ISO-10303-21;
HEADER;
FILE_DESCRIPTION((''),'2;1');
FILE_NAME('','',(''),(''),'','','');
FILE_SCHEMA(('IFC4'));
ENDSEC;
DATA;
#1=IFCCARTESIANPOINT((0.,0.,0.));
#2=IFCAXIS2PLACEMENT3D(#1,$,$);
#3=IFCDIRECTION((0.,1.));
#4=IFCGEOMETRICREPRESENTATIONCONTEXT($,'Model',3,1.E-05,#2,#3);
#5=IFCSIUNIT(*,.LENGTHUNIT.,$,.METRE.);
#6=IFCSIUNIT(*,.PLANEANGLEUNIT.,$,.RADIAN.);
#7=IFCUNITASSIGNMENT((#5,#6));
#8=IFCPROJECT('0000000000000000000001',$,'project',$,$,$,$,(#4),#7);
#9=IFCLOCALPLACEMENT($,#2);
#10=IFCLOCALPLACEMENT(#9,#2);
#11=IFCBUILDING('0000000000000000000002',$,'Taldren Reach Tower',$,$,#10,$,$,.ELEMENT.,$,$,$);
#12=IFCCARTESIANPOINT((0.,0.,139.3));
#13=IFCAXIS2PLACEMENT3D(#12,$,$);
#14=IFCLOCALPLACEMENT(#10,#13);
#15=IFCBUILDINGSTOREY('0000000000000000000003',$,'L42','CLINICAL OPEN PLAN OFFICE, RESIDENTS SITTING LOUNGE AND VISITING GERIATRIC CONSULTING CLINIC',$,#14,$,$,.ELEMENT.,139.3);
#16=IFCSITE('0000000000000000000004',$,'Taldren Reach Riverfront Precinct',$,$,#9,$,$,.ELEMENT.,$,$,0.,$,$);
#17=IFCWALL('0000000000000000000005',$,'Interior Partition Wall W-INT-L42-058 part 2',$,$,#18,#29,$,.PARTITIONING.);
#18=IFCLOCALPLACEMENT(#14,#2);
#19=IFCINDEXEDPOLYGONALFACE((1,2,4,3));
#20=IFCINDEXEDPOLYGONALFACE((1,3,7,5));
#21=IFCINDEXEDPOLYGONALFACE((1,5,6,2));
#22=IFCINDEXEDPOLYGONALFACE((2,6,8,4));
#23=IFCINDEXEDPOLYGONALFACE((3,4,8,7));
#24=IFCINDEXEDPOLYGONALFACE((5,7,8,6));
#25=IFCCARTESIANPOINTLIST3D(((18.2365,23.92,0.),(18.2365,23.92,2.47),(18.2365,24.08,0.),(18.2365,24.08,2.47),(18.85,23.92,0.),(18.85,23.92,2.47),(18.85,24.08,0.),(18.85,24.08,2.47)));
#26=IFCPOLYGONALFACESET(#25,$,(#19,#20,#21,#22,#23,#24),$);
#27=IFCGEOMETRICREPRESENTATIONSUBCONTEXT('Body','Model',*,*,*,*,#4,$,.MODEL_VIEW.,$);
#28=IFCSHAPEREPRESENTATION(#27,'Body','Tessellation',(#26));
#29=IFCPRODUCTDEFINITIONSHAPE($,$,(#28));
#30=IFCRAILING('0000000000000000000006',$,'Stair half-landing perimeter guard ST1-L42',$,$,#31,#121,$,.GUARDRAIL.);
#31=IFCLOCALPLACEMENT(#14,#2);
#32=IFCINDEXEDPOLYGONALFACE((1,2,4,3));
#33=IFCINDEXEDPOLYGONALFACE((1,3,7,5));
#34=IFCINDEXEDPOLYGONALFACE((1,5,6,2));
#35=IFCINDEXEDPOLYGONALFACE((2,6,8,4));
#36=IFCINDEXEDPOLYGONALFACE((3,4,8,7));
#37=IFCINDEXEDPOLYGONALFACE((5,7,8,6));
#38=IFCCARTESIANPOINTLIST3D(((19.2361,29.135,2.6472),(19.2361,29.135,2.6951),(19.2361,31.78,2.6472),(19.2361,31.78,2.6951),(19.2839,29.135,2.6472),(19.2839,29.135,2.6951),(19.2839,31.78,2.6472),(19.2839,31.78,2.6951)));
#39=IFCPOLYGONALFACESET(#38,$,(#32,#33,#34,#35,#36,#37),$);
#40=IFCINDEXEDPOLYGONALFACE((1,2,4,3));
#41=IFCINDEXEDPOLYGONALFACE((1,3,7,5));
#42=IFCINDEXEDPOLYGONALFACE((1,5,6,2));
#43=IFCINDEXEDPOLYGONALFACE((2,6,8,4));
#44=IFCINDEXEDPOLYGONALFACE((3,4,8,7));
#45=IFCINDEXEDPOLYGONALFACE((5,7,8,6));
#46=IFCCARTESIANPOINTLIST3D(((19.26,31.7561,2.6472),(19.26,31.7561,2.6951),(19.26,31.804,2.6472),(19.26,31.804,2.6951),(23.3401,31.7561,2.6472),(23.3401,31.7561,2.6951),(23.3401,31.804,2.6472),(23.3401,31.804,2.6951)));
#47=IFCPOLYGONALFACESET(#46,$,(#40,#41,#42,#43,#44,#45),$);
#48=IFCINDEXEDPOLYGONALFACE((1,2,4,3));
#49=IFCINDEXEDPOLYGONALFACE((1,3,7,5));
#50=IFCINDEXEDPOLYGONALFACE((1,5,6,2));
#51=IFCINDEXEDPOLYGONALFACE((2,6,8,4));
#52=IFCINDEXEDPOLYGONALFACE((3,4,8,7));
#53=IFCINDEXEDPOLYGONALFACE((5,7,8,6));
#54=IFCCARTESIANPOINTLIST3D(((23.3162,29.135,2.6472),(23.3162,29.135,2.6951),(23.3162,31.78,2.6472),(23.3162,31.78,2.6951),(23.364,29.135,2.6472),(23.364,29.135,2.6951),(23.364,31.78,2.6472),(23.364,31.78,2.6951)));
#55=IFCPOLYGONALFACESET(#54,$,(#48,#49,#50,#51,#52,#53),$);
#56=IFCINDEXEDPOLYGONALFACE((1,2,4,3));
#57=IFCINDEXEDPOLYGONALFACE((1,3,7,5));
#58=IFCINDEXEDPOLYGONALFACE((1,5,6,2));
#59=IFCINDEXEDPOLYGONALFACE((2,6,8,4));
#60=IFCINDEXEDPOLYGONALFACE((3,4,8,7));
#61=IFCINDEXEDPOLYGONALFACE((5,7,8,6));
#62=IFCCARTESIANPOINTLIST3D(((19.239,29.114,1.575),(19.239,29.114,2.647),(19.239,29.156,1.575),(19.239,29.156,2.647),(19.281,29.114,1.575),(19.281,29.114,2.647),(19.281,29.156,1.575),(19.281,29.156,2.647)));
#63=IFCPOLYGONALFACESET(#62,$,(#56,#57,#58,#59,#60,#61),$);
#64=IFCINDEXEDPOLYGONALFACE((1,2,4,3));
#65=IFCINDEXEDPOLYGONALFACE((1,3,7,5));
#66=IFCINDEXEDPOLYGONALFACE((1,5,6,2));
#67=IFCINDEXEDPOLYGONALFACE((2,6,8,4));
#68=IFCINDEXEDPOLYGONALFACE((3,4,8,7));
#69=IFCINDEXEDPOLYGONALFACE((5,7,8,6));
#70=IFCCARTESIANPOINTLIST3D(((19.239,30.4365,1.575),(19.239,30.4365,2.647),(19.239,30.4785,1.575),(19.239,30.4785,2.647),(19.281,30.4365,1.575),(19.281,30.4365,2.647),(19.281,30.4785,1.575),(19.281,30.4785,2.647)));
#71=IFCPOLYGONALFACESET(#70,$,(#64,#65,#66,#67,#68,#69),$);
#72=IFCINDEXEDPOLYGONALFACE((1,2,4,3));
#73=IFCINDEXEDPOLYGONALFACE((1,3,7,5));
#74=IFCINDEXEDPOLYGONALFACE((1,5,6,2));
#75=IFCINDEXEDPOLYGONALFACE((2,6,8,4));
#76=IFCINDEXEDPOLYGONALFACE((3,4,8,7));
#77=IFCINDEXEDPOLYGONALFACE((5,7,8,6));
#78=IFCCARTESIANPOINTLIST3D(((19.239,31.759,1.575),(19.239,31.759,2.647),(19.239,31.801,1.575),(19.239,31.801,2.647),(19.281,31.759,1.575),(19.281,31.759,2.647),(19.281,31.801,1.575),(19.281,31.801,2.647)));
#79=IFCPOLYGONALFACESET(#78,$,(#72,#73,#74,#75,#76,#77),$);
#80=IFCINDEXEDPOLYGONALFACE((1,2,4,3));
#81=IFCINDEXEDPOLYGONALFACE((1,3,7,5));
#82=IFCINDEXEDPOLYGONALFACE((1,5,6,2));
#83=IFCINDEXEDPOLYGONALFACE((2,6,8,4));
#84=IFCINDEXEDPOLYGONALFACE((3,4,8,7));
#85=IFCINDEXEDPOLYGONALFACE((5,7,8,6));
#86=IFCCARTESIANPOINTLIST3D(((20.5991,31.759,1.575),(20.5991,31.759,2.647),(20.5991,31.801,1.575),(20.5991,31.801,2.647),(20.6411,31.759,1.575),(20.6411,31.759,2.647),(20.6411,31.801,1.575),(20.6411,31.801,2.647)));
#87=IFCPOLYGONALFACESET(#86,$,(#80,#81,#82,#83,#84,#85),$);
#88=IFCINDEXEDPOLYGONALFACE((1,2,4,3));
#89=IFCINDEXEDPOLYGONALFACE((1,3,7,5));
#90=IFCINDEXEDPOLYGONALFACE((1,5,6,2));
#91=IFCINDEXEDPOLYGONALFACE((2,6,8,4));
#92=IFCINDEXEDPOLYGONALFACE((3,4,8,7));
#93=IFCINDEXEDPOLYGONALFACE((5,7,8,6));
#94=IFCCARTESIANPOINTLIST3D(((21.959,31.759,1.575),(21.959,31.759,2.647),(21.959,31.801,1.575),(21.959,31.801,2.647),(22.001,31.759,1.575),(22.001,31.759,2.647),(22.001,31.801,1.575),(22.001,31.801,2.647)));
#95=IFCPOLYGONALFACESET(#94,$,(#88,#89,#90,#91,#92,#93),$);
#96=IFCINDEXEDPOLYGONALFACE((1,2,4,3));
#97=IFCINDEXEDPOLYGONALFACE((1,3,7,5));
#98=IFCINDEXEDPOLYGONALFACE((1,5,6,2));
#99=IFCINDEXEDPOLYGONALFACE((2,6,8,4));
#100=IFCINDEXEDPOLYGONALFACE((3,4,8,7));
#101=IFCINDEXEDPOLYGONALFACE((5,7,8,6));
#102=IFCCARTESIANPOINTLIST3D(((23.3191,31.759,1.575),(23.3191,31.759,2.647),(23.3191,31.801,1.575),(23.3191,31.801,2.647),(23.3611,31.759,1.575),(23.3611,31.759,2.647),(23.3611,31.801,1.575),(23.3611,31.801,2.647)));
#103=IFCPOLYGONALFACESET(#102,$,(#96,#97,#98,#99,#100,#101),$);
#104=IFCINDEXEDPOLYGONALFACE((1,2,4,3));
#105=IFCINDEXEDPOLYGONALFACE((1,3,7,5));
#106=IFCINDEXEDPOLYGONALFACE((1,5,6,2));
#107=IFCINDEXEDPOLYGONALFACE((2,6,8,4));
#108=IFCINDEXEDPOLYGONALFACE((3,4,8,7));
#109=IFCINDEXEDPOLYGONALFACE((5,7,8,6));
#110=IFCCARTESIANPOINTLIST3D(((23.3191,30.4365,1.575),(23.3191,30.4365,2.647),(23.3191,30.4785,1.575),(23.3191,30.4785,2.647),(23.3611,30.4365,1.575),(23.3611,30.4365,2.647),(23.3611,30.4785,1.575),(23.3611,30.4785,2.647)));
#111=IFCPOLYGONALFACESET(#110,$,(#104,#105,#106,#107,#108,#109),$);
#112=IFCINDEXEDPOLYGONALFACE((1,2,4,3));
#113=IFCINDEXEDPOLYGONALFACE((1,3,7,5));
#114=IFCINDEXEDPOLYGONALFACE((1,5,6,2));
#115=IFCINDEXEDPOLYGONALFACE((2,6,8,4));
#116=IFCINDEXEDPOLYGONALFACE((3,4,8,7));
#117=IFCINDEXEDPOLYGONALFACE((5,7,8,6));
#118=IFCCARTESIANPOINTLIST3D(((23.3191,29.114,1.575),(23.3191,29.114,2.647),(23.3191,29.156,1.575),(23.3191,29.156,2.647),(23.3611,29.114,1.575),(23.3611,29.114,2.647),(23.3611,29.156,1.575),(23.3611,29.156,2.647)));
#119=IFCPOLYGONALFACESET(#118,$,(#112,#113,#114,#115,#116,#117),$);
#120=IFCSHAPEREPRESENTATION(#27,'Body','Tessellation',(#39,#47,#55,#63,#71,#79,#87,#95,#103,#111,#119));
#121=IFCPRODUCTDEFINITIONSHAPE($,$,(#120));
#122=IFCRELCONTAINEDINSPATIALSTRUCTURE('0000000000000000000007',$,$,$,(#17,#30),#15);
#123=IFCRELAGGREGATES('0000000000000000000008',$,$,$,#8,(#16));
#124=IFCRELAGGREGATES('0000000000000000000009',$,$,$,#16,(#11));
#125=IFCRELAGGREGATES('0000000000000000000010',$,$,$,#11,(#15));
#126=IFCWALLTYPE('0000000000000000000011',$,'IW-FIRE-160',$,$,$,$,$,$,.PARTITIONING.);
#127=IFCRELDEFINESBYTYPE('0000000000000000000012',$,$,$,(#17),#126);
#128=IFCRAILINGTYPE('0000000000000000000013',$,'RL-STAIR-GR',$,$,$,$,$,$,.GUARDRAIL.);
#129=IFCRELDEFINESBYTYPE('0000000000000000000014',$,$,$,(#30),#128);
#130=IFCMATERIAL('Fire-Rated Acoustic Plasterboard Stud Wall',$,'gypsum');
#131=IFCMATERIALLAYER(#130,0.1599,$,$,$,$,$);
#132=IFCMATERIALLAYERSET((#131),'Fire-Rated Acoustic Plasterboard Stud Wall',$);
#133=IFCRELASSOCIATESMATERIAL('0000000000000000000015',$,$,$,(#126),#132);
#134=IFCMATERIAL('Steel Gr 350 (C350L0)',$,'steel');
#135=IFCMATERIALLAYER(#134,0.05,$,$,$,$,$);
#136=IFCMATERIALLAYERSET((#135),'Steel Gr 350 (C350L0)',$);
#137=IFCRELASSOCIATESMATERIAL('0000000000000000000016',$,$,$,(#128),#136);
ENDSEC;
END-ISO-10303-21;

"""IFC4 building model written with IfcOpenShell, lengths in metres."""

from ifc_helpers import new_model, si_unit, direction, frame, frame_2d, origin, origin_2d, place, context, subcontext, project, spatial, rectangle, extrude, source, transform, mapped, material, layer, layer_set, type_object, element, save


model = new_model("IFC4")

# Units and contexts
model_context = context("Model", 3, precision=1e-05, world=origin(), true_north=direction((0.0, 1.0)))
body_context = subcontext(model_context, "Body", "Model", "MODEL_VIEW")
ifc_project = project(units=[si_unit("LENGTHUNIT", "METRE"), si_unit("PLANEANGLEUNIT", "RADIAN")], contexts=[model_context])

# Site, building, storey
site_placement = place(None, origin())
site = spatial("IfcSite", under=ifc_project, at=site_placement, Name="Taldren Reach Riverfront Precinct", CompositionType="ELEMENT", RefElevation=0.0)
building_placement = place(site_placement, origin())
building = spatial("IfcBuilding", under=site, at=building_placement, Name="Taldren Reach Tower", CompositionType="ELEMENT")
storey_placement = place(building_placement, frame((0.0, 0.0, 139.3)))
storey = spatial("IfcBuildingStorey", under=building, at=storey_placement, Name="L42", Description="CLINICAL OPEN PLAN OFFICE, RESIDENTS SITTING LOUNGE AND VISITING GERIATRIC CONSULTING CLINIC", CompositionType="ELEMENT", Elevation=139.3)

# Shared definitions
ifc_material_1 = material(Name="Steel Gr 350 (C350L0)", Category="steel")

# Wall
ifc_material_2 = material(Name="Fire-Rated Acoustic Plasterboard Stud Wall", Category="gypsum")
ifc_layer_1 = layer(ifc_material_2, 0.1599)
ifc_layer_set_1 = layer_set([ifc_layer_1], Name="Fire-Rated Acoustic Plasterboard Stud Wall")
wall_type_1 = type_object("IfcWallType", Name="IW-FIRE-160", PredefinedType="PARTITIONING", material=ifc_layer_set_1)
shared_shape_1 = source(origin(), body_context, "Body", "SweptSolid", [
    extrude(rectangle(XDim=0.6135, YDim=0.1599, at=frame_2d((0.3066, 0.0))), origin(), (0.0, 0.0, 1.0), 2.47),
])
wall_1_placement = place(storey_placement, frame((18.2366, 24.0, 0.0), z_axis=(0.0, 0.0, 1.0), x_axis=(1.0, 0.0, 0.0)))
element("IfcWall", 1, at=wall_1_placement, inside=storey, type_object=wall_type_1, Name="Interior Partition Wall W-INT-L42-058 part 2", PredefinedType="PARTITIONING", context=body_context, shape_type="MappedRepresentation", body=[
    mapped(shared_shape_1, transform((0.0, 0.0, 0.0), scale=1.0)),
])

# Railing
ifc_layer_2 = layer(ifc_material_1, 0.05)
ifc_layer_set_2 = layer_set([ifc_layer_2], Name="Steel Gr 350 (C350L0)")
railing_type_1 = type_object("IfcRailingType", Name="RL-STAIR-GR", PredefinedType="GUARDRAIL", material=ifc_layer_set_2)
railing_1_placement = place(storey_placement, frame((19.26, 29.135, 1.575)))
element("IfcRailing", 2, at=railing_1_placement, inside=storey, type_object=railing_type_1, Name="Stair half-landing perimeter guard ST1-L42", PredefinedType="GUARDRAIL", context=body_context, shape_type="SweptSolid", body=[
    extrude(rectangle(XDim=0.0479, YDim=0.0479, at=origin_2d()), frame((0.0, 0.0, 1.0962), z_axis=(0.0, 1.0, 0.0), x_axis=(-1.0, 0.0, 0.0)), (0.0, 0.0, 1.0), 2.645),
    extrude(rectangle(XDim=0.0479, YDim=0.0479, at=origin_2d()), frame((0.0, 2.645, 1.0962), z_axis=(1.0, 0.0, 0.0), x_axis=(0.0, 1.0, 0.0)), (0.0, 0.0, 1.0), 4.0801),
    extrude(rectangle(XDim=0.0479, YDim=0.0479, at=origin_2d()), frame((4.0801, 2.645, 1.0962), z_axis=(0.0, -1.0, 0.0), x_axis=(1.0, 0.0, 0.0)), (0.0, 0.0, 1.0), 2.645),
    extrude(rectangle(XDim=0.042, YDim=0.042, at=origin_2d()), origin(), (0.0, 0.0, 1.0), 1.072),
    extrude(rectangle(XDim=0.042, YDim=0.042, at=origin_2d()), frame((0.0, 1.3225, 0.0)), (0.0, 0.0, 1.0), 1.072),
    extrude(rectangle(XDim=0.042, YDim=0.042, at=origin_2d()), frame((0.0, 2.645, 0.0)), (0.0, 0.0, 1.0), 1.072),
    extrude(rectangle(XDim=0.042, YDim=0.042, at=origin_2d()), frame((1.3601, 2.645, 0.0)), (0.0, 0.0, 1.0), 1.072),
    extrude(rectangle(XDim=0.042, YDim=0.042, at=origin_2d()), frame((2.72, 2.645, 0.0)), (0.0, 0.0, 1.0), 1.072),
    extrude(rectangle(XDim=0.042, YDim=0.042, at=origin_2d()), frame((4.0801, 2.645, 0.0)), (0.0, 0.0, 1.0), 1.072),
    extrude(rectangle(XDim=0.042, YDim=0.042, at=origin_2d()), frame((4.0801, 1.3225, 0.0)), (0.0, 0.0, 1.0), 1.072),
    extrude(rectangle(XDim=0.042, YDim=0.042, at=origin_2d()), frame((4.0801, 0.0, 0.0)), (0.0, 0.0, 1.0), 1.072),
])

save(model, "model.ifc")
